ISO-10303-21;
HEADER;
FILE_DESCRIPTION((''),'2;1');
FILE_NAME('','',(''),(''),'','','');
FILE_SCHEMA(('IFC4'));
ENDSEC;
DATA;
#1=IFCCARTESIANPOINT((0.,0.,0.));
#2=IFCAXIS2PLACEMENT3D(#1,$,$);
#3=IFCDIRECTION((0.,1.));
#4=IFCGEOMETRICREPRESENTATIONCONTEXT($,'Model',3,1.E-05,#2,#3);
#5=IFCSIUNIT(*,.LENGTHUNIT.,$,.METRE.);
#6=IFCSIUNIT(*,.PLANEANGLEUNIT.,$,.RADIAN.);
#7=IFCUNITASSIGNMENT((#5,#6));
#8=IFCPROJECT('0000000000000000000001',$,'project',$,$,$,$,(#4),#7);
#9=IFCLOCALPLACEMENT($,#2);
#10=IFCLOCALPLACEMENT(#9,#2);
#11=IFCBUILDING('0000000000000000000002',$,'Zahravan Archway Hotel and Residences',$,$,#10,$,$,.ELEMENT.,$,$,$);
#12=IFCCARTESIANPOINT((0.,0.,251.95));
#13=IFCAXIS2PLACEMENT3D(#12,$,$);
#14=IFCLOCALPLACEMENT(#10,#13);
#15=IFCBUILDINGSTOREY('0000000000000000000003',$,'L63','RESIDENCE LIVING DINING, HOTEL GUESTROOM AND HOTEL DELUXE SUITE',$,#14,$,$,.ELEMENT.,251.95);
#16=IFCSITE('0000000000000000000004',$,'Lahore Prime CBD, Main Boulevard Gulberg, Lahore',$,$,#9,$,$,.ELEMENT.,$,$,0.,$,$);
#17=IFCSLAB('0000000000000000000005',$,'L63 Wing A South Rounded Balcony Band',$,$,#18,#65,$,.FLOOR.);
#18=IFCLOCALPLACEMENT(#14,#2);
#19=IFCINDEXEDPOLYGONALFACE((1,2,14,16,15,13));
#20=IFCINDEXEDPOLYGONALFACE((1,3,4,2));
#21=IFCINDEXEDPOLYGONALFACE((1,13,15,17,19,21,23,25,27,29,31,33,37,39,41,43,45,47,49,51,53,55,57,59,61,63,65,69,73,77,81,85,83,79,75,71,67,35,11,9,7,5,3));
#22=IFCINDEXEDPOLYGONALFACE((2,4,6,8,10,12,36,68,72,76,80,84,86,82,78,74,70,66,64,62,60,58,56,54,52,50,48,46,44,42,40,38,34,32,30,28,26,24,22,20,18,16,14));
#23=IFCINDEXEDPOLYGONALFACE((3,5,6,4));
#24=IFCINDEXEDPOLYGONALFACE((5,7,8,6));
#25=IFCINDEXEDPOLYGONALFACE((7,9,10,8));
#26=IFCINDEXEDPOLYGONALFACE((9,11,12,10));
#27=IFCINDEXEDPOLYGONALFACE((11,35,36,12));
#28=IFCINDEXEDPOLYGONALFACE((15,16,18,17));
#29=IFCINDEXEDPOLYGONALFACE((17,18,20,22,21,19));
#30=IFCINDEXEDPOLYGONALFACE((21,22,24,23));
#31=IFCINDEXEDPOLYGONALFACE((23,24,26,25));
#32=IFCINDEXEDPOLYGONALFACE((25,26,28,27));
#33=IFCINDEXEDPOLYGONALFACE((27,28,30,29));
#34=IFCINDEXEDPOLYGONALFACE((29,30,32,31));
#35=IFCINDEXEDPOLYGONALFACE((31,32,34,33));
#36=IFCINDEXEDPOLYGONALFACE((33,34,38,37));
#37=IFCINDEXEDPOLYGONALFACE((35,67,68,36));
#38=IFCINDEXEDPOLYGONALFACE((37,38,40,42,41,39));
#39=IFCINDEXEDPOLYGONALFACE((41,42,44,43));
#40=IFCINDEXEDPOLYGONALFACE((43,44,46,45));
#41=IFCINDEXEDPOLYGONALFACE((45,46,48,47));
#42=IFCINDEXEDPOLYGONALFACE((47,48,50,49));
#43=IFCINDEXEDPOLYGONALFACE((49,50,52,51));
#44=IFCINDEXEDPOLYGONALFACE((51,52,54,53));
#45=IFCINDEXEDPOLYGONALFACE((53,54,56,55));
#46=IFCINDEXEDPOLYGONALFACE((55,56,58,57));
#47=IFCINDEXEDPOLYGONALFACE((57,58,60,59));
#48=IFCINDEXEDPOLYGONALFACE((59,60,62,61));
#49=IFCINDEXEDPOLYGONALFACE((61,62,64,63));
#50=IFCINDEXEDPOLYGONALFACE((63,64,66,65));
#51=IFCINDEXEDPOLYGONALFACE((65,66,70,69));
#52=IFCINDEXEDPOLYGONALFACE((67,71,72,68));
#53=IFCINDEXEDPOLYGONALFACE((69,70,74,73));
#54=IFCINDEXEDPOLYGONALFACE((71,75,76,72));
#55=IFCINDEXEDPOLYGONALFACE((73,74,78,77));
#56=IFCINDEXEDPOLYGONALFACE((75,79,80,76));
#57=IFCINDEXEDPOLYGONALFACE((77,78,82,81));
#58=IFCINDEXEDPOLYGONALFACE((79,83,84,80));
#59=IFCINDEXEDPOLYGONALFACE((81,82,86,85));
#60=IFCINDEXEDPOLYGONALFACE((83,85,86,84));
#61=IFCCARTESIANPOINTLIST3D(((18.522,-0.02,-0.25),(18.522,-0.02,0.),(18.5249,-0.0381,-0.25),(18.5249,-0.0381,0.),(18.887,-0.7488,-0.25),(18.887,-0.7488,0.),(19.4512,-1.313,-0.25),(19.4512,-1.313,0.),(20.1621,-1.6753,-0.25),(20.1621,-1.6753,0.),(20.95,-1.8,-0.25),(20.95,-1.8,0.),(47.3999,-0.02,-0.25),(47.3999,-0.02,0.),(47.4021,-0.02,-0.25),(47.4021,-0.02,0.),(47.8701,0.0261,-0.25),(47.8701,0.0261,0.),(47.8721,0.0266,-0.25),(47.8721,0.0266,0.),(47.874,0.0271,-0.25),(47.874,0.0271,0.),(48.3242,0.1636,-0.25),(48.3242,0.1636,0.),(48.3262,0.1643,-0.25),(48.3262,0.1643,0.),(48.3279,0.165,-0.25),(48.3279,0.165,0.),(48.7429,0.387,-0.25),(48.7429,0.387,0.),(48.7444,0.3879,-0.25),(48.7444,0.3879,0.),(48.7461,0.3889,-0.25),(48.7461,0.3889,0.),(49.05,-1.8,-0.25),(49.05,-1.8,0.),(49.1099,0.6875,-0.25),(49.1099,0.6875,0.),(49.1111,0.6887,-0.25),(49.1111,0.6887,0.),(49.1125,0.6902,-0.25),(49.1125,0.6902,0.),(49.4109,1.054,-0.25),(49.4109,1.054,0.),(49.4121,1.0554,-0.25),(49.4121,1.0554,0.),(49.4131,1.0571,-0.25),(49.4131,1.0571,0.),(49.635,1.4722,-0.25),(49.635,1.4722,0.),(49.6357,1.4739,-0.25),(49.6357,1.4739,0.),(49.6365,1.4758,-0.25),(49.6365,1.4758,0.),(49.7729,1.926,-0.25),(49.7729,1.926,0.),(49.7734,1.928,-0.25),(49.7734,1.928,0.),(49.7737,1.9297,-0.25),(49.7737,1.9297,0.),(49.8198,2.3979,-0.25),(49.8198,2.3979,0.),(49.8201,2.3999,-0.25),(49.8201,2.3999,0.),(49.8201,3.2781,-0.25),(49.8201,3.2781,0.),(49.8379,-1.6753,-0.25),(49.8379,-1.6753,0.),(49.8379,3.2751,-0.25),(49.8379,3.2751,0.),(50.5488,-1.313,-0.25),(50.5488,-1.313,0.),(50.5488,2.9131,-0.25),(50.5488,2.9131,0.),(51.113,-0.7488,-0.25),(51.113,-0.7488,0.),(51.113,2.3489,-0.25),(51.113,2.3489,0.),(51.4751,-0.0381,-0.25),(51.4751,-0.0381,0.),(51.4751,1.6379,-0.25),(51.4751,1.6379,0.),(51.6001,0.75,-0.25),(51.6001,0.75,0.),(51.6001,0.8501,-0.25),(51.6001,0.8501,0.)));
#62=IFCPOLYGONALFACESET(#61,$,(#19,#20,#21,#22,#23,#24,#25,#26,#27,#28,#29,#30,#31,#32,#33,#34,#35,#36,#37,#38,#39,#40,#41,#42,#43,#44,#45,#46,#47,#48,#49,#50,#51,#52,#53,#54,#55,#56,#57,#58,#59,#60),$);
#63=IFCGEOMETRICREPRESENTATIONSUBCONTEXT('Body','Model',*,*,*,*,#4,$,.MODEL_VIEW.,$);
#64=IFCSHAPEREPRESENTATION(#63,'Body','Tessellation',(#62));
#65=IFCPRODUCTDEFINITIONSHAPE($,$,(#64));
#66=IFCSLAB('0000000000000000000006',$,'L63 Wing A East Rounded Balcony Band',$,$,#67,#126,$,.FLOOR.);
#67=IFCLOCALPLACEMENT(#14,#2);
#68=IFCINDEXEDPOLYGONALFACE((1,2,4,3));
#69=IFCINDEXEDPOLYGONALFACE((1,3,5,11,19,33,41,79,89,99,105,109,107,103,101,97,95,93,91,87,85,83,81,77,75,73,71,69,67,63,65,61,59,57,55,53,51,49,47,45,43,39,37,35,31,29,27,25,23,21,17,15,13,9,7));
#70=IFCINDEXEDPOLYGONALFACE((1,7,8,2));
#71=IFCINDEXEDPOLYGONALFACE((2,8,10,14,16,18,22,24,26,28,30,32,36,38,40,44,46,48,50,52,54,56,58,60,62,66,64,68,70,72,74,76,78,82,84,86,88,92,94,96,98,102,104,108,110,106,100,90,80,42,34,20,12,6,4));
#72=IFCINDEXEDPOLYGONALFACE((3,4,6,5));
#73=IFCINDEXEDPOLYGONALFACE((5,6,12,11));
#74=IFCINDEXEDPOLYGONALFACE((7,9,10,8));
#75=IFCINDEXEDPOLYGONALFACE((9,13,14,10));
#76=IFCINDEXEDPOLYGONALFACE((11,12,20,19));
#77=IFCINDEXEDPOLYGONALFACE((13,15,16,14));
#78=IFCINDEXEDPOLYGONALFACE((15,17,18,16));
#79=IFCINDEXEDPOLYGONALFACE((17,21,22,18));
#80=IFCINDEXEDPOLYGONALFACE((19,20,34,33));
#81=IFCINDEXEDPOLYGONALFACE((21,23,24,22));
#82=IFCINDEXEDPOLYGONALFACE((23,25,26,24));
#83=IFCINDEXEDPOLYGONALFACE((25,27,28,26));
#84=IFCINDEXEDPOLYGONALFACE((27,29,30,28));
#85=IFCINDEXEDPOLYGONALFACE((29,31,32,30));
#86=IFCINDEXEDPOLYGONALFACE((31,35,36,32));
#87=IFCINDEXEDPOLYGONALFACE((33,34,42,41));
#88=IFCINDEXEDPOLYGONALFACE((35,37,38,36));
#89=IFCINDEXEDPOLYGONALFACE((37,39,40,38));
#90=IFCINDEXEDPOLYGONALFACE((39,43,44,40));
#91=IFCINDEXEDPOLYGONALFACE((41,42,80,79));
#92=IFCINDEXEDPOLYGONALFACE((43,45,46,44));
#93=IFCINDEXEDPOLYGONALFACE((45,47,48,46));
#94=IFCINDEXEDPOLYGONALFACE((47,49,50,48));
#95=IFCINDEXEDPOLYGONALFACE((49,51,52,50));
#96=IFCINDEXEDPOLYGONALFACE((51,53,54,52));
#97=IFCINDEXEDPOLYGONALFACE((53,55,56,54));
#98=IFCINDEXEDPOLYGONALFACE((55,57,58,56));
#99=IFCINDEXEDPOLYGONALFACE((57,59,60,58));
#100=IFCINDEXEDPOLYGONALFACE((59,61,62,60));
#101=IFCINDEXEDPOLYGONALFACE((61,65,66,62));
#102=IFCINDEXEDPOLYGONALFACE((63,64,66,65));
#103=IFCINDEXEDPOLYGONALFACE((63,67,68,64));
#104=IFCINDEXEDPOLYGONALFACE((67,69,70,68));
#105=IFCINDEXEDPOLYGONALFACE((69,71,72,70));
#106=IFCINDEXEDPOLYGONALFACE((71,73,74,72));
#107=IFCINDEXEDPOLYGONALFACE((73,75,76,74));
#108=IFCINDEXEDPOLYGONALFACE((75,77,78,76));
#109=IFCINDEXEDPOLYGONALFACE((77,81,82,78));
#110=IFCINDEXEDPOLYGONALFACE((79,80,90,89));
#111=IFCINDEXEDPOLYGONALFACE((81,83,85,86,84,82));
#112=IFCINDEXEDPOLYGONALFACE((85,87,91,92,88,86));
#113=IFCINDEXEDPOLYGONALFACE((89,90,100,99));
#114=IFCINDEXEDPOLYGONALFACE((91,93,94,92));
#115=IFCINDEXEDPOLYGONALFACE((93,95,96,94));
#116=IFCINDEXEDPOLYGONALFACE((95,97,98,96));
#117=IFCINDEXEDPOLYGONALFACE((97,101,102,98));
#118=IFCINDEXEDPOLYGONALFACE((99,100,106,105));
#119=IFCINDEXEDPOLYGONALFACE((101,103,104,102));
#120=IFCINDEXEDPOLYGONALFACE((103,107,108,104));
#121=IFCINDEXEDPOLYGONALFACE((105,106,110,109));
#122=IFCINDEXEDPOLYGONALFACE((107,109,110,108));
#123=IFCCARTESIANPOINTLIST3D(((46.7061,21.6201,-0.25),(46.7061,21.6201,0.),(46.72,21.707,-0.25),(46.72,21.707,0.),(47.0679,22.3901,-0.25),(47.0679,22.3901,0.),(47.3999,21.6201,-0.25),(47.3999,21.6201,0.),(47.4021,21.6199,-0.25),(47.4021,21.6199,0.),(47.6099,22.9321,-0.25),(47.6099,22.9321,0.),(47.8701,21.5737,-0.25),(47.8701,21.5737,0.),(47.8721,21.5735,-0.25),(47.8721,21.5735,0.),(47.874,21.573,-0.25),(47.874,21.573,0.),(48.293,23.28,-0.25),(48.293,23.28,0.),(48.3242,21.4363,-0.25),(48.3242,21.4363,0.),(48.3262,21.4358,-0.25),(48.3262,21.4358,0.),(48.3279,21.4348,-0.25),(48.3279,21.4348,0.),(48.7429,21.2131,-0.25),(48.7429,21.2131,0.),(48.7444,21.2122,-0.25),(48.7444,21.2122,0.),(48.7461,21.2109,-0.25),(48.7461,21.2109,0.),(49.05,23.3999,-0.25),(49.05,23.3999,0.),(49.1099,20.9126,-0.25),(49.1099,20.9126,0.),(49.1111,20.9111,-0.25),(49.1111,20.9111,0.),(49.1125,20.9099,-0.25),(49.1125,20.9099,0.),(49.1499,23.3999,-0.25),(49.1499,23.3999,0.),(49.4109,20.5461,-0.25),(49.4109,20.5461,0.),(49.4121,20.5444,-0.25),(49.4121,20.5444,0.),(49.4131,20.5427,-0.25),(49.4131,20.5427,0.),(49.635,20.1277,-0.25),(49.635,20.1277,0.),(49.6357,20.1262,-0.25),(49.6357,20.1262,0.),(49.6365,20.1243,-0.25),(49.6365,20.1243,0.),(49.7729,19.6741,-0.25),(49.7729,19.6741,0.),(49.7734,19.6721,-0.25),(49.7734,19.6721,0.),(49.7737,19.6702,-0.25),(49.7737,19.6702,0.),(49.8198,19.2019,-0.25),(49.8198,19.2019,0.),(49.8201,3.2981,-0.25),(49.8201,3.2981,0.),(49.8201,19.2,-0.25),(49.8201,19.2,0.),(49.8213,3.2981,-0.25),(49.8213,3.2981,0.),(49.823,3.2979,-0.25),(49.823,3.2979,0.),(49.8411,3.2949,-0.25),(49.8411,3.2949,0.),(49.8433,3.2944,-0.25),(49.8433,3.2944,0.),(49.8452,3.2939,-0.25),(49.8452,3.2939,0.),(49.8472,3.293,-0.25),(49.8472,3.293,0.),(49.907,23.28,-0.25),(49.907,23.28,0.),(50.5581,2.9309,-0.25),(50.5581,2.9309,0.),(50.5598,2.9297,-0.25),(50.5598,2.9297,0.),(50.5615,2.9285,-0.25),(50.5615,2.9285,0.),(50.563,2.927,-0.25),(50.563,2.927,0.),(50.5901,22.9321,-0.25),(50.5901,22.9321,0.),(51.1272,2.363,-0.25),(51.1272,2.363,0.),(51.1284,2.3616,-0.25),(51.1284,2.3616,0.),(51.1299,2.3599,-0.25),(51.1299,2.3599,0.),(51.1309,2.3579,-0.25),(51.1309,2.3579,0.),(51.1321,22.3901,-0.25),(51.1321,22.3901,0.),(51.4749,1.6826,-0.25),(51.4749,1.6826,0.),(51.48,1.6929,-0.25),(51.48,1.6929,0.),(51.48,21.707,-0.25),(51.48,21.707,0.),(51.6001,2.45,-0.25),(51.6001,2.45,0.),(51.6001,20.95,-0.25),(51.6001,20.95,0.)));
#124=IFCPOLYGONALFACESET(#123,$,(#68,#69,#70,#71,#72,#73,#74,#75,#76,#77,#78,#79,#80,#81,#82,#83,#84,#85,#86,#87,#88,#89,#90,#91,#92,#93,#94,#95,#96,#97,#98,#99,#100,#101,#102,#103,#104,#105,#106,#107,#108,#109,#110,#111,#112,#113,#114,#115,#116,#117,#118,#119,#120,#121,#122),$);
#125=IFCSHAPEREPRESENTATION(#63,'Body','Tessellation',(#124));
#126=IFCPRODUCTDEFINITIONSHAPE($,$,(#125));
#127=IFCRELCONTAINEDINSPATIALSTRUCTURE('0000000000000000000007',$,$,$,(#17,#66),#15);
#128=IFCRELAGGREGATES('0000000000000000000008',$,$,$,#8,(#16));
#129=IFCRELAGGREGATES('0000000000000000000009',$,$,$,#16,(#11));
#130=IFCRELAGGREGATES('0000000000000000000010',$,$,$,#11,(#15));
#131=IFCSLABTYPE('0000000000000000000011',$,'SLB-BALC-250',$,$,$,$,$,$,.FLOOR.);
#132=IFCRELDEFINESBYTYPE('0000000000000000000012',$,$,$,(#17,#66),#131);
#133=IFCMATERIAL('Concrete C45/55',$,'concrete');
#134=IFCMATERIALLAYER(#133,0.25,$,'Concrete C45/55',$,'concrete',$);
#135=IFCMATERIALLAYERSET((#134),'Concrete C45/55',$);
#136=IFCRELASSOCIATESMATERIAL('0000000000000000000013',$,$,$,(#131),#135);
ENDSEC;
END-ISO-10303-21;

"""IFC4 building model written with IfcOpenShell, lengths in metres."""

from ifc_helpers import new_model, si_unit, direction, frame, origin, place, context, subcontext, project, spatial, polyline, outline, extrude, material, layer, layer_set, type_object, element, save


model = new_model("IFC4")

# Units and contexts
model_context = context("Model", 3, precision=1e-05, world=origin(), true_north=direction((0.0, 1.0)))
body_context = subcontext(model_context, "Body", "Model", "MODEL_VIEW")
ifc_project = project(units=[si_unit("LENGTHUNIT", "METRE"), si_unit("PLANEANGLEUNIT", "RADIAN")], contexts=[model_context])

# Site, building, storey
site_placement = place(None, origin())
site = spatial("IfcSite", under=ifc_project, at=site_placement, Name="Lahore Prime CBD, Main Boulevard Gulberg, Lahore", CompositionType="ELEMENT", RefElevation=0.0)
building_placement = place(site_placement, origin())
building = spatial("IfcBuilding", under=site, at=building_placement, Name="Zahravan Archway Hotel and Residences", CompositionType="ELEMENT")
storey_placement = place(building_placement, frame((0.0, 0.0, 251.95)))
storey = spatial("IfcBuildingStorey", under=building, at=storey_placement, Name="L63", Description="RESIDENCE LIVING DINING, HOTEL GUESTROOM AND HOTEL DELUXE SUITE", CompositionType="ELEMENT", Elevation=251.95)

# Slabs
ifc_material_1 = material(Name="Concrete C45/55", Category="concrete")
ifc_layer_1 = layer(ifc_material_1, 0.25, Name="Concrete C45/55", Category="concrete")
ifc_layer_set_1 = layer_set([ifc_layer_1], Name="Concrete C45/55")
slab_type_1 = type_object("IfcSlabType", Name="SLB-BALC-250", PredefinedType="FLOOR", material=ifc_layer_set_1)
slab_1_placement = place(storey_placement, frame((0.0, 0.0, -0.25)))
element("IfcSlab", 1, at=slab_1_placement, inside=storey, type_object=slab_type_1, Name="L63 Wing A South Rounded Balcony Band", PredefinedType="FLOOR", context=body_context, shape_type="SweptSolid", body=[
    extrude(outline(polyline([(49.8379, 3.2751), (50.5488, 2.9131), (51.113, 2.3489), (51.4751, 1.6379), (51.6001, 0.8501), (51.6001, 0.75), (51.4751, -0.0381), (51.113, -0.7488), (50.5488, -1.313), (49.8379, -1.6753), (49.05, -1.8), (20.95, -1.8), (20.1621, -1.6753), (19.4512, -1.313), (18.887, -0.7488), (18.5249, -0.0381), (18.522, -0.02), (47.3999, -0.02), (47.4021, -0.02), (47.8701, 0.0261), (47.8721, 0.0266), (47.874, 0.0271), (48.3242, 0.1636), (48.3262, 0.1643), (48.3279, 0.165), (48.7429, 0.387), (48.7444, 0.3879), (48.7461, 0.3889), (49.1099, 0.6875), (49.1111, 0.6887), (49.1125, 0.6902), (49.4109, 1.054), (49.4121, 1.0554), (49.4131, 1.0571), (49.635, 1.4722), (49.6357, 1.4739), (49.6365, 1.4758), (49.7729, 1.926), (49.7734, 1.928), (49.7737, 1.9297), (49.8198, 2.3979), (49.8201, 2.3999), (49.8201, 3.2781), (49.8379, 3.2751)])), origin(), (0.0, 0.0, 1.0), 0.25),
])
slab_2_placement = place(storey_placement, frame((0.0, 0.0, -0.25)))
element("IfcSlab", 2, at=slab_2_placement, inside=storey, type_object=slab_type_1, Name="L63 Wing A East Rounded Balcony Band", PredefinedType="FLOOR", context=body_context, shape_type="SweptSolid", body=[
    extrude(outline(polyline([(46.72, 21.707), (47.0679, 22.3901), (47.6099, 22.9321), (48.293, 23.28), (49.05, 23.3999), (49.1499, 23.3999), (49.907, 23.28), (50.5901, 22.9321), (51.1321, 22.3901), (51.48, 21.707), (51.6001, 20.95), (51.6001, 2.45), (51.48, 1.6929), (51.4749, 1.6826), (51.1309, 2.3579), (51.1299, 2.3599), (51.1284, 2.3616), (51.1272, 2.363), (50.563, 2.927), (50.5615, 2.9285), (50.5598, 2.9297), (50.5581, 2.9309), (49.8472, 3.293), (49.8452, 3.2939), (49.8433, 3.2944), (49.8411, 3.2949), (49.823, 3.2979), (49.8213, 3.2981), (49.8201, 3.2981), (49.8201, 19.2), (49.8198, 19.2019), (49.7737, 19.6702), (49.7734, 19.6721), (49.7729, 19.6741), (49.6365, 20.1243), (49.6357, 20.1262), (49.635, 20.1277), (49.4131, 20.5427), (49.4121, 20.5444), (49.4109, 20.5461), (49.1125, 20.9099), (49.1111, 20.9111), (49.1099, 20.9126), (48.7461, 21.2109), (48.7444, 21.2122), (48.7429, 21.2131), (48.3279, 21.4348), (48.3262, 21.4358), (48.3242, 21.4363), (47.874, 21.573), (47.8721, 21.5735), (47.8701, 21.5737), (47.4021, 21.6199), (47.3999, 21.6201), (46.7061, 21.6201), (46.72, 21.707)])), origin(), (0.0, 0.0, 1.0), 0.25),
])

save(model, "model.ifc")
